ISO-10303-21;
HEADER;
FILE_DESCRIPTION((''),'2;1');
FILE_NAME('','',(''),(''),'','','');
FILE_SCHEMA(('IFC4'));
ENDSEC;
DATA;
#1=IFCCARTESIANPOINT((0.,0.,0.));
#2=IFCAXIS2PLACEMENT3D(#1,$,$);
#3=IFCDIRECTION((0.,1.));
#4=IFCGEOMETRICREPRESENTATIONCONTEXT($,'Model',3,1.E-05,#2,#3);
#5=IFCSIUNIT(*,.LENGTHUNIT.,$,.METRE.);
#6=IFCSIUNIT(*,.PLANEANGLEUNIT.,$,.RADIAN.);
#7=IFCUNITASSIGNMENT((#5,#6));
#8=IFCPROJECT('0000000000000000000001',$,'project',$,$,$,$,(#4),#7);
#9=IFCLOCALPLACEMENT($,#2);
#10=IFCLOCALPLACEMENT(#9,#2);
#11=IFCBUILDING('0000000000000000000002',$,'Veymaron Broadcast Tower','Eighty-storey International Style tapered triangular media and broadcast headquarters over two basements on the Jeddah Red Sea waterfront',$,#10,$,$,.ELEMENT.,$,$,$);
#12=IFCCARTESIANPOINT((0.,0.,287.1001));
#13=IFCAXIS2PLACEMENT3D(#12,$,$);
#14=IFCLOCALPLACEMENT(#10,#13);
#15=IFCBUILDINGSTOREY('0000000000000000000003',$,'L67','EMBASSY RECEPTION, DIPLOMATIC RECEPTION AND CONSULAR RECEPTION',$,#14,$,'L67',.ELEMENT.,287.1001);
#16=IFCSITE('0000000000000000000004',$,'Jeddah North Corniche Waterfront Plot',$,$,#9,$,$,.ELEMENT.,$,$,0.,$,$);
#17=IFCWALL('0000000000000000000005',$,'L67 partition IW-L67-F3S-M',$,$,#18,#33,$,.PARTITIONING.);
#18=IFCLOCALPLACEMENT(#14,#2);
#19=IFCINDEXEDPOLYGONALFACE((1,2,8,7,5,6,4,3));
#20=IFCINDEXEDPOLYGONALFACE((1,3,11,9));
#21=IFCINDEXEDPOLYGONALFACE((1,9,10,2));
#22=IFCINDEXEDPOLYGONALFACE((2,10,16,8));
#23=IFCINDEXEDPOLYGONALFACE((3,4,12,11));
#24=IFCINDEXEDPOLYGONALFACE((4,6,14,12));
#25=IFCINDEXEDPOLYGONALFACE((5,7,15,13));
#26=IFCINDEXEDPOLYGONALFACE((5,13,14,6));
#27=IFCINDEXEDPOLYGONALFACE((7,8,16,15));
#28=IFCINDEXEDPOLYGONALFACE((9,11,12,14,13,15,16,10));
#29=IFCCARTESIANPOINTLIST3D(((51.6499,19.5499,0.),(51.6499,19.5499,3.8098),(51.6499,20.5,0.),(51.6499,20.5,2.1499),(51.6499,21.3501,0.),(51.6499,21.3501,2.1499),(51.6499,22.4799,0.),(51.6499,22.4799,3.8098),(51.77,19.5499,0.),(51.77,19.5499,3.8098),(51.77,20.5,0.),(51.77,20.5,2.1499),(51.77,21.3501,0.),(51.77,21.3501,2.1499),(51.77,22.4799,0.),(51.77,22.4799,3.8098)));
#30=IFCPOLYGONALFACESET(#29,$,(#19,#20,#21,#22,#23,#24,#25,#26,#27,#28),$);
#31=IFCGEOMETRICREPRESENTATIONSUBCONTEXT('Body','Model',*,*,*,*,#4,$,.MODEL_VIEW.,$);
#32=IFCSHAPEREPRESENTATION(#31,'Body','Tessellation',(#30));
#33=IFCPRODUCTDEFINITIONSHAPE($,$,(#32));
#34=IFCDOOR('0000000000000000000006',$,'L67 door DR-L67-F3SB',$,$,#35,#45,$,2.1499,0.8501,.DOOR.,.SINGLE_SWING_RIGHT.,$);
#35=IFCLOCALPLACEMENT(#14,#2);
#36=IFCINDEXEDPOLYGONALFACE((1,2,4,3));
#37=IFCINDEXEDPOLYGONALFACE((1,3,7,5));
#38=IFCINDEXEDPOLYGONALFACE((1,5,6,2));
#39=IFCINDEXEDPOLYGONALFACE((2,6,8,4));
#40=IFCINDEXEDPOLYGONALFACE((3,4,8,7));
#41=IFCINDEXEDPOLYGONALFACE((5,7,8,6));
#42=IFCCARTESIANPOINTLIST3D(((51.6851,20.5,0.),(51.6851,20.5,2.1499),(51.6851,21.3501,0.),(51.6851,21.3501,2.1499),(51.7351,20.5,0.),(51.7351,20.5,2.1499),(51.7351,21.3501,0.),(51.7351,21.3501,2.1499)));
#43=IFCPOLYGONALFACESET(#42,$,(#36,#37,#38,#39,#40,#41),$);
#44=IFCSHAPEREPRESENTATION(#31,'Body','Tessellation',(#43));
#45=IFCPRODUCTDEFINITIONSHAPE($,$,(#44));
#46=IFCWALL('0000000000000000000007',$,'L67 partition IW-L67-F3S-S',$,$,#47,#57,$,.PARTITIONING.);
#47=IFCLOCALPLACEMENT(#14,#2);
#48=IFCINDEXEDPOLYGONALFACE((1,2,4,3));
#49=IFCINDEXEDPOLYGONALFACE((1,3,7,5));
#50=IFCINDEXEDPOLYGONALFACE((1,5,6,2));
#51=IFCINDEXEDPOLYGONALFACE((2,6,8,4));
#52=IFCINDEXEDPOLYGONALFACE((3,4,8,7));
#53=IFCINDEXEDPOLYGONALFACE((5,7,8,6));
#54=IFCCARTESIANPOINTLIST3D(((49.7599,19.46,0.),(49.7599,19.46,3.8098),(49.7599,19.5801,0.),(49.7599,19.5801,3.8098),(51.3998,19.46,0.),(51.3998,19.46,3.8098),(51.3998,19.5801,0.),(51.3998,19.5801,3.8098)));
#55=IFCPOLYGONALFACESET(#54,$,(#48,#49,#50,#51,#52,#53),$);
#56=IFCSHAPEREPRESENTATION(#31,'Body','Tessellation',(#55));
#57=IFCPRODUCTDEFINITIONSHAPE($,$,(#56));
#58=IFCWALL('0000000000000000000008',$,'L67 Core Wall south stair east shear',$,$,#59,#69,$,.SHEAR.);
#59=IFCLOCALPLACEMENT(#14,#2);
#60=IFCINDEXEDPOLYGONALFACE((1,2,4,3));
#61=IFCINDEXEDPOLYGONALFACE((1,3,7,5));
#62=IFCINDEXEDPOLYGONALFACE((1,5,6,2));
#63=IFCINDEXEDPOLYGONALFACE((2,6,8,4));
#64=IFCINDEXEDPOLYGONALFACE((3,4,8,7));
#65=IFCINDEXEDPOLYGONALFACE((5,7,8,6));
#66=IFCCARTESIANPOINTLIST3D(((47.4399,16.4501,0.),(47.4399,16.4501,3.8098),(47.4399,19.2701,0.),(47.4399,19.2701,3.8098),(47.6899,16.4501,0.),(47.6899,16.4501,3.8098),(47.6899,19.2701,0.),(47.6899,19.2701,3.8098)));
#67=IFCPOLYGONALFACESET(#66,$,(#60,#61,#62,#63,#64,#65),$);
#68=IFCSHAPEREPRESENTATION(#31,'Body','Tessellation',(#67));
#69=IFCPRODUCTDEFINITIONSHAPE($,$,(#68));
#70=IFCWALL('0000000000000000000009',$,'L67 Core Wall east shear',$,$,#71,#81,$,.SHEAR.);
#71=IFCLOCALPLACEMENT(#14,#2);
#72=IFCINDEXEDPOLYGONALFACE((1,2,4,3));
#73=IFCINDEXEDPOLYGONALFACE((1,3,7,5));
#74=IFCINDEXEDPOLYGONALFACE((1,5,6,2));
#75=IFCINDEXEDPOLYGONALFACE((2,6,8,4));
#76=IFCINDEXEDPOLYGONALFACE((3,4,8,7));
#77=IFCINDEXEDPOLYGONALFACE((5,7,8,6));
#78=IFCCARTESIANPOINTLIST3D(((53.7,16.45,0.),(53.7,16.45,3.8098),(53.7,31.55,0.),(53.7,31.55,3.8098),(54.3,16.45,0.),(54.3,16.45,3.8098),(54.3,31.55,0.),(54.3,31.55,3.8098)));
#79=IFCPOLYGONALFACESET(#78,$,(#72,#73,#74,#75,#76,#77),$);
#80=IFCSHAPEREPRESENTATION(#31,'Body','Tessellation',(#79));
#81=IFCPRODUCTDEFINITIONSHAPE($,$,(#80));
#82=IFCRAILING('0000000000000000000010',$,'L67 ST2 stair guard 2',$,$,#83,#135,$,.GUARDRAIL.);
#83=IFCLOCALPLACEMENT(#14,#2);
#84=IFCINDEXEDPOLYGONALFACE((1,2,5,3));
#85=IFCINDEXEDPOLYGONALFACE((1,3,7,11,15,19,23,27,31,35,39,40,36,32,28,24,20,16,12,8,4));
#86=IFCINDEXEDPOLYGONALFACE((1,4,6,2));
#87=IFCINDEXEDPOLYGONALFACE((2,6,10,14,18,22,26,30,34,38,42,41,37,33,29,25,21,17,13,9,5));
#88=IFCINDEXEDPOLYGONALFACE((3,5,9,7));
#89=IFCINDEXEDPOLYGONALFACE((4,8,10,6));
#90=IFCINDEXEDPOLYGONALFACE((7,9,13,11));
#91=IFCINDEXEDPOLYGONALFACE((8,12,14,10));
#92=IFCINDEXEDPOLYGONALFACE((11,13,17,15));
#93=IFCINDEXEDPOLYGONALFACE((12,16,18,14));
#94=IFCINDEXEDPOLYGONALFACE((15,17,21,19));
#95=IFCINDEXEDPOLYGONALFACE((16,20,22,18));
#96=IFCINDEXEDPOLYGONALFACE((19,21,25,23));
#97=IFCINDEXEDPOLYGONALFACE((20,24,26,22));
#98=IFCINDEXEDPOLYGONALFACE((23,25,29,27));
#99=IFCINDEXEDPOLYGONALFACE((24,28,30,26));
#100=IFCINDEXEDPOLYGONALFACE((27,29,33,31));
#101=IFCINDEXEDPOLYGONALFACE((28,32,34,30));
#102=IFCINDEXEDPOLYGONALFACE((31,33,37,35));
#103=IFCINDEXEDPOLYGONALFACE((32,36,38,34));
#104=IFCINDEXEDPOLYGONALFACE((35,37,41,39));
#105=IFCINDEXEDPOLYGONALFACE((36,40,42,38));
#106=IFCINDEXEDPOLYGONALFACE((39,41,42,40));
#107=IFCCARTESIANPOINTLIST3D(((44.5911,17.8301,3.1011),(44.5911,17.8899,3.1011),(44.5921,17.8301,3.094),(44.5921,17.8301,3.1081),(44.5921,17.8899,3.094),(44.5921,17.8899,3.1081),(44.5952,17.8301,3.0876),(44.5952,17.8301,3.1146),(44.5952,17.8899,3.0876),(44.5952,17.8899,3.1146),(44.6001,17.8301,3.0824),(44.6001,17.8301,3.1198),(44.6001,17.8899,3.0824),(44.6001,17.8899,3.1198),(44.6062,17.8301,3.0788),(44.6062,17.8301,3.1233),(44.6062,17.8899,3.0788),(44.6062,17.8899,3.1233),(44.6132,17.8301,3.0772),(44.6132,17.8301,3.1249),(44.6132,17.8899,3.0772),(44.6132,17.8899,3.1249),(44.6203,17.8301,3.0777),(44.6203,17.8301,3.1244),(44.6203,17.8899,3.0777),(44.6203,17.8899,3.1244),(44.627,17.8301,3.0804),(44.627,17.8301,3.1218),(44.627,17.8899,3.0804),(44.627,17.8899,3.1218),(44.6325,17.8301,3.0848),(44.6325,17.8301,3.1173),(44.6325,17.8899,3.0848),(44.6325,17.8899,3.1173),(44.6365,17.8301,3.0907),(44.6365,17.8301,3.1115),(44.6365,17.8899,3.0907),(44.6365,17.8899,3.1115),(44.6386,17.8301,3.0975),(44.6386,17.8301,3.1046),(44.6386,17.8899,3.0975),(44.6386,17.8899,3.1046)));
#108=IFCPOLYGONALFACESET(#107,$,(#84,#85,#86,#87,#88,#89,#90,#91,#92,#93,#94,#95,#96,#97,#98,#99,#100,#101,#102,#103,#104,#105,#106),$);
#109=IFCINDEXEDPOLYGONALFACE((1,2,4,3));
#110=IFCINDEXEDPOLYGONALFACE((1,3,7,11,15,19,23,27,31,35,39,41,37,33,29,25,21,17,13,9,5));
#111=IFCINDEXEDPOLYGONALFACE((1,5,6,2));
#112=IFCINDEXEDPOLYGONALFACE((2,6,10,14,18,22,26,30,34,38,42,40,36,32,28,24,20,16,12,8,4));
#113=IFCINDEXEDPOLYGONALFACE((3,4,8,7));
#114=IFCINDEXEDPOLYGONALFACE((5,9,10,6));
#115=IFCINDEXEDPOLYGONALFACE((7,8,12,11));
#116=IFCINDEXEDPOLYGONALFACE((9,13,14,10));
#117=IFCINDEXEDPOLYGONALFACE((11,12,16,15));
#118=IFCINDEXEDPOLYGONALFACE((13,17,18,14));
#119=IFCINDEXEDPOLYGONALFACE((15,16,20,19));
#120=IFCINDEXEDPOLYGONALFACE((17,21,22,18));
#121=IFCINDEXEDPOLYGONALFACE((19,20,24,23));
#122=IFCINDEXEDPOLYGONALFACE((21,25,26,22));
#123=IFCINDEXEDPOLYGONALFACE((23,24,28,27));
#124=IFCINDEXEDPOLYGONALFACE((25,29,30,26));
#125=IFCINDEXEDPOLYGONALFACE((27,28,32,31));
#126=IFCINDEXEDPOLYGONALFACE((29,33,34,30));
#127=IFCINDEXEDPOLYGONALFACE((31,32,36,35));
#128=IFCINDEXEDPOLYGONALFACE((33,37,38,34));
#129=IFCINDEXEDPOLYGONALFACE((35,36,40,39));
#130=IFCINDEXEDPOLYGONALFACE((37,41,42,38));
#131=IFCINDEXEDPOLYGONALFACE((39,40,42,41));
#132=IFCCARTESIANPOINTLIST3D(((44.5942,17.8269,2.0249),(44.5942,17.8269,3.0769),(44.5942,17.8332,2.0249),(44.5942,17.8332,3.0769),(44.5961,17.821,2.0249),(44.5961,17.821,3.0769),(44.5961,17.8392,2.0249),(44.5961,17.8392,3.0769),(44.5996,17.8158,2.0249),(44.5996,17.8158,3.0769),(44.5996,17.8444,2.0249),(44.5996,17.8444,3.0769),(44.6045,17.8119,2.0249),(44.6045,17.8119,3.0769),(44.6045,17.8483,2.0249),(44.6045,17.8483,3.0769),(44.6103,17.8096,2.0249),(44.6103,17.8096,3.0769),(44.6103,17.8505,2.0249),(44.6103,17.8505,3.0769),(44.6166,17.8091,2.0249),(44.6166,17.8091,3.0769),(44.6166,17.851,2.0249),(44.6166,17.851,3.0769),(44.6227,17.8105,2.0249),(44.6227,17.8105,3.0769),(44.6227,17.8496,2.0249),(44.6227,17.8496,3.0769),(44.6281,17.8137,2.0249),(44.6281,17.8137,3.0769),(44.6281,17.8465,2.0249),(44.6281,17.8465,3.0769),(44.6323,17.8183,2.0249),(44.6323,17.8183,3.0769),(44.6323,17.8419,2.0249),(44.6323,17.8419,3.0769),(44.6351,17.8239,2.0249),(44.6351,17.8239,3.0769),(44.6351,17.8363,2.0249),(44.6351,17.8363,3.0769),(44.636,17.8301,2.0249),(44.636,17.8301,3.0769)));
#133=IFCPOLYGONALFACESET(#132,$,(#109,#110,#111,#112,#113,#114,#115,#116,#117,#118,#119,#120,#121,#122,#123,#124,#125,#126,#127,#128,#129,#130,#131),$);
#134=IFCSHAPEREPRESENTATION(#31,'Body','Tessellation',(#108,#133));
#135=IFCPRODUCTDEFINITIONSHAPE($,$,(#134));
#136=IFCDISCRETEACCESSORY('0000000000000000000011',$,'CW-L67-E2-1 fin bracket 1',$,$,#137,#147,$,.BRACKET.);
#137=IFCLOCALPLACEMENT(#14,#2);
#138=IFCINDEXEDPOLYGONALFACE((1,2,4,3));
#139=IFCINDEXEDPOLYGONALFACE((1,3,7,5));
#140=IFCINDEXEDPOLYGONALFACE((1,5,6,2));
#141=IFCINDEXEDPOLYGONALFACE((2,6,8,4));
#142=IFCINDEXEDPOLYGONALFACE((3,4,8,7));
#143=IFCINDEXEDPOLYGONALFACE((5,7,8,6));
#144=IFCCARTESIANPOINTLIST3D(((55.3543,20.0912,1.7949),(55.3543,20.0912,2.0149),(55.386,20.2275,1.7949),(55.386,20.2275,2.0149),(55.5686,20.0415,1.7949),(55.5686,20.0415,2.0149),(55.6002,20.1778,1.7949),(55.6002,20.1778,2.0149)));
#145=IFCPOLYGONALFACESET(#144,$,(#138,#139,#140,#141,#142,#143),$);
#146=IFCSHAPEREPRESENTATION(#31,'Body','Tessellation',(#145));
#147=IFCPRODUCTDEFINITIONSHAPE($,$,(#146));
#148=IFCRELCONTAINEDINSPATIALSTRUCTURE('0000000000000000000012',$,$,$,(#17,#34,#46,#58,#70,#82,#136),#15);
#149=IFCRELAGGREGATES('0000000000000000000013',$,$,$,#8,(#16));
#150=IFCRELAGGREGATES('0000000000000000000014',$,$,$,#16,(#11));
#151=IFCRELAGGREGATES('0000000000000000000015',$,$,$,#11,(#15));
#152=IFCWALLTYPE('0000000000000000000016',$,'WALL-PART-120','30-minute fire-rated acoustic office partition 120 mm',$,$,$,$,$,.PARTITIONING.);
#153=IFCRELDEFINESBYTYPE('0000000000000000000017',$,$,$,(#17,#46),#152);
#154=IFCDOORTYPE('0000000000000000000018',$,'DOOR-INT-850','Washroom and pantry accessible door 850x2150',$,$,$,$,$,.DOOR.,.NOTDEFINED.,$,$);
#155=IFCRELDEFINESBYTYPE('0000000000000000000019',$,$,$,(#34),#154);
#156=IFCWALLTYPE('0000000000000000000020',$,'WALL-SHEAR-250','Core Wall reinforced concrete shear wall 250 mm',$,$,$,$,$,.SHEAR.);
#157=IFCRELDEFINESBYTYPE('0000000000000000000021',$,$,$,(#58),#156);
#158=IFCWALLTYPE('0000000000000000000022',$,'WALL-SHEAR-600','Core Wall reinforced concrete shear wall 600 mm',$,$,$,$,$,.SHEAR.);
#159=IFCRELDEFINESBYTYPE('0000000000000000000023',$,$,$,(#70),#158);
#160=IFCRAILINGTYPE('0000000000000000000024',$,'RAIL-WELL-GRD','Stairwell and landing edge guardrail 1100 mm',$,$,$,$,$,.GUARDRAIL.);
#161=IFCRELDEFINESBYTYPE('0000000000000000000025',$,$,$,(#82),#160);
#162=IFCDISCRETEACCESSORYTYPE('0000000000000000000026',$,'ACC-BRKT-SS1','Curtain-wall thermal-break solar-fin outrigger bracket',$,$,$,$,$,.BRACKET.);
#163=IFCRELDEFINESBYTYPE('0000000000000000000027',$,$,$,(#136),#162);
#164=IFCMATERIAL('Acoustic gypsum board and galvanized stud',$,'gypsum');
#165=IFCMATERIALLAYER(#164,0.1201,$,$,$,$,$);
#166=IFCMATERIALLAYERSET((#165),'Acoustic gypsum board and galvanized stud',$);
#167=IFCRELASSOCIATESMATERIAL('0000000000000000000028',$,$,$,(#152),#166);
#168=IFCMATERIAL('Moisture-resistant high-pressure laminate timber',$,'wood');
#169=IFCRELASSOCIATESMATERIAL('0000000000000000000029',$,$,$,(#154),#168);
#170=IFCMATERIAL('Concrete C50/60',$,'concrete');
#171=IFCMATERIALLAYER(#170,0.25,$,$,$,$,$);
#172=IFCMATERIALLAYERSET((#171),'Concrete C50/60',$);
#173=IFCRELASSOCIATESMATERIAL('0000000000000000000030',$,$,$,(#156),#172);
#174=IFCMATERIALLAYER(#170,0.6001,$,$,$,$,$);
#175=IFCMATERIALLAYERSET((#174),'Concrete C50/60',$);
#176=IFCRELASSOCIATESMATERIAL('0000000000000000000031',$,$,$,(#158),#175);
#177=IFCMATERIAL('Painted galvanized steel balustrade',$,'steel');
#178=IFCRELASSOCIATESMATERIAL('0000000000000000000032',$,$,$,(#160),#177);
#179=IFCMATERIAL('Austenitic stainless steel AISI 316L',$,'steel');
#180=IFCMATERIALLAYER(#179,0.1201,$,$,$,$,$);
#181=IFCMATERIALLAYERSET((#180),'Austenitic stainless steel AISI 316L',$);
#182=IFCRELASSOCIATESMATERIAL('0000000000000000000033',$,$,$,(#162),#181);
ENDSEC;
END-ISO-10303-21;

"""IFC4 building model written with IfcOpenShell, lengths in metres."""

from ifc_helpers import new_model, si_unit, direction, frame, frame_2d, origin, origin_2d, place, context, subcontext, project, spatial, rectangle, circle, extrude, material, layer, layer_set, type_object, element, fill, save


model = new_model("IFC4")

# Units and contexts
model_context = context("Model", 3, precision=1e-05, world=origin(), true_north=direction((0.0, 1.0)))
body_context = subcontext(model_context, "Body", "Model", "MODEL_VIEW")
ifc_project = project(units=[si_unit("LENGTHUNIT", "METRE"), si_unit("PLANEANGLEUNIT", "RADIAN")], contexts=[model_context])

# Site, building, storey
site_placement = place(None, origin())
site = spatial("IfcSite", under=ifc_project, at=site_placement, Name="Jeddah North Corniche Waterfront Plot", CompositionType="ELEMENT", RefElevation=0.0)
building_placement = place(site_placement, origin())
building = spatial("IfcBuilding", under=site, at=building_placement, Name="Veymaron Broadcast Tower", Description="Eighty-storey International Style tapered triangular media and broadcast headquarters over two basements on the Jeddah Red Sea waterfront", CompositionType="ELEMENT")
storey_placement = place(building_placement, frame((0.0, 0.0, 287.1001)))
storey = spatial("IfcBuildingStorey", under=building, at=storey_placement, Name="L67", Description="EMBASSY RECEPTION, DIPLOMATIC RECEPTION AND CONSULAR RECEPTION", LongName="L67", CompositionType="ELEMENT", Elevation=287.1001)

# Wall, opening, door
ifc_material_1 = material(Name="Acoustic gypsum board and galvanized stud", Category="gypsum")
ifc_layer_1 = layer(ifc_material_1, 0.1201)
ifc_layer_set_1 = layer_set([ifc_layer_1], Name="Acoustic gypsum board and galvanized stud")
wall_type_1 = type_object("IfcWallType", Name="WALL-PART-120", Description="30-minute fire-rated acoustic office partition 120 mm", PredefinedType="PARTITIONING", material=ifc_layer_set_1)
ifc_material_2 = material(Name="Moisture-resistant high-pressure laminate timber", Category="wood")
door_type_1 = type_object("IfcDoorType", Name="DOOR-INT-850", Description="Washroom and pantry accessible door 850x2150", OperationType="NOTDEFINED", PredefinedType="DOOR", material=ifc_material_2)
wall_1_placement = place(storey_placement, frame((51.71, 19.55, 0.0), z_axis=(0.0, 0.0, 1.0), x_axis=(0.0, 1.0, 0.0)))
wall_1 = element("IfcWall", 1, at=wall_1_placement, inside=storey, type_object=wall_type_1, Name="L67 partition IW-L67-F3S-M", PredefinedType="PARTITIONING", context=body_context, shape_type="SweptSolid", body=[
    extrude(rectangle(XDim=2.9299, YDim=0.1201, at=frame_2d((1.4648, 0.0))), origin(), (0.0, 0.0, 1.0), 3.8098),
])
opening_1_placement = place(wall_1_placement, frame((0.95, 0.0, 0.0)))
opening_1 = element("IfcOpeningElement", 2, at=opening_1_placement, cuts=wall_1, PredefinedType="OPENING", context=body_context, shape_type="SweptSolid", body=[
    extrude(rectangle(XDim=0.8501, YDim=2.1499, at=frame_2d((0.425, 1.075))), frame((0.0, 0.0701, 0.0), z_axis=(0.0, -1.0, 0.0), x_axis=(1.0, 0.0, 0.0)), (0.0, 0.0, 1.0), 0.1401),
])
door_1_placement = place(opening_1_placement, origin())
door_1 = element("IfcDoor", 3, at=door_1_placement, inside=storey, type_object=door_type_1, Name="L67 door DR-L67-F3SB", OperationType="SINGLE_SWING_RIGHT", OverallHeight=2.1499, OverallWidth=0.8501, PredefinedType="DOOR", context=body_context, shape_type="SweptSolid", body=[
    extrude(rectangle(XDim=0.8501, YDim=2.1499, at=frame_2d((0.425, 1.075))), frame((0.0, 0.0249, 0.0), z_axis=(0.0, -1.0, 0.0), x_axis=(1.0, 0.0, 0.0)), (0.0, 0.0, 1.0), 0.05),
])
fill(opening_1, door_1)

# Walls
wall_2_placement = place(storey_placement, frame((49.76, 19.52, 0.0), z_axis=(0.0, 0.0, 1.0), x_axis=(1.0, 0.0, 0.0)))
element("IfcWall", 4, at=wall_2_placement, inside=storey, type_object=wall_type_1, Name="L67 partition IW-L67-F3S-S", PredefinedType="PARTITIONING", context=body_context, shape_type="SweptSolid", body=[
    extrude(rectangle(XDim=1.6399, YDim=0.1201, at=frame_2d((0.8198, 0.0))), origin(), (0.0, 0.0, 1.0), 3.8098),
])
ifc_material_3 = material(Name="Concrete C50/60", Category="concrete")
ifc_layer_2 = layer(ifc_material_3, 0.25)
ifc_layer_set_2 = layer_set([ifc_layer_2], Name="Concrete C50/60")
wall_type_2 = type_object("IfcWallType", Name="WALL-SHEAR-250", Description="Core Wall reinforced concrete shear wall 250 mm", PredefinedType="SHEAR", material=ifc_layer_set_2)
wall_3_placement = place(storey_placement, frame((47.5649, 16.45, 0.0), z_axis=(0.0, 0.0, 1.0), x_axis=(0.0, 1.0, 0.0)))
element("IfcWall", 5, at=wall_3_placement, inside=storey, type_object=wall_type_2, Name="L67 Core Wall south stair east shear", PredefinedType="SHEAR", context=body_context, shape_type="SweptSolid", body=[
    extrude(rectangle(XDim=2.8201, YDim=0.25, at=frame_2d((1.4102, 0.0))), origin(), (0.0, 0.0, 1.0), 3.8098),
])
ifc_layer_3 = layer(ifc_material_3, 0.6001)
ifc_layer_set_3 = layer_set([ifc_layer_3], Name="Concrete C50/60")
wall_type_3 = type_object("IfcWallType", Name="WALL-SHEAR-600", Description="Core Wall reinforced concrete shear wall 600 mm", PredefinedType="SHEAR", material=ifc_layer_set_3)
wall_4_placement = place(storey_placement, frame((54.0, 16.45, 0.0), z_axis=(0.0, 0.0, 1.0), x_axis=(0.0, 1.0, 0.0)))
element("IfcWall", 6, at=wall_4_placement, inside=storey, type_object=wall_type_3, Name="L67 Core Wall east shear", PredefinedType="SHEAR", context=body_context, shape_type="SweptSolid", body=[
    extrude(rectangle(XDim=15.1001, YDim=0.6001, at=frame_2d((7.55, 0.0))), origin(), (0.0, 0.0, 1.0), 3.8098),
])

# Railing
ifc_material_4 = material(Name="Painted galvanized steel balustrade", Category="steel")
railing_type = type_object("IfcRailingType", Name="RAIL-WELL-GRD", Description="Stairwell and landing edge guardrail 1100 mm", PredefinedType="GUARDRAIL", material=ifc_material_4)
railing_placement = place(storey_placement, frame((44.615, 17.8301, 2.0249)))
element("IfcRailing", 7, at=railing_placement, inside=storey, type_object=railing_type, Name="L67 ST2 stair guard 2", PredefinedType="GUARDRAIL", context=body_context, shape_type="SweptSolid", body=[
    extrude(circle(Radius=0.0239, at=origin_2d()), frame((0.0, 0.0, 1.0762), z_axis=(0.0, 1.0, 0.0), x_axis=(-1.0, 0.0, 0.0)), (0.0, 0.0, 1.0), 0.0598),
    extrude(circle(Radius=0.021, at=origin_2d()), origin(), (0.0, 0.0, 1.0), 1.052),
])

# Discrete accessory
ifc_material_5 = material(Name="Austenitic stainless steel AISI 316L", Category="steel")
ifc_layer_4 = layer(ifc_material_5, 0.1201)
ifc_layer_set_4 = layer_set([ifc_layer_4], Name="Austenitic stainless steel AISI 316L")
discrete_accessory_type = type_object("IfcDiscreteAccessoryType", Name="ACC-BRKT-SS1", Description="Curtain-wall thermal-break solar-fin outrigger bracket", PredefinedType="BRACKET", material=ifc_layer_set_4)
discrete_accessory_placement = place(storey_placement, frame((55.4773, 20.1345, 1.7949), z_axis=(0.0, 0.0, 1.0), x_axis=(0.974118, -0.226039, 0.0)))
element("IfcDiscreteAccessory", 8, at=discrete_accessory_placement, inside=storey, type_object=discrete_accessory_type, Name="CW-L67-E2-1 fin bracket 1", PredefinedType="BRACKET", context=body_context, shape_type="SweptSolid", body=[
    extrude(rectangle(XDim=0.22, YDim=0.1399, at=origin_2d()), origin(), (0.0, 0.0, 1.0), 0.22),
])

save(model, "model.ifc")
